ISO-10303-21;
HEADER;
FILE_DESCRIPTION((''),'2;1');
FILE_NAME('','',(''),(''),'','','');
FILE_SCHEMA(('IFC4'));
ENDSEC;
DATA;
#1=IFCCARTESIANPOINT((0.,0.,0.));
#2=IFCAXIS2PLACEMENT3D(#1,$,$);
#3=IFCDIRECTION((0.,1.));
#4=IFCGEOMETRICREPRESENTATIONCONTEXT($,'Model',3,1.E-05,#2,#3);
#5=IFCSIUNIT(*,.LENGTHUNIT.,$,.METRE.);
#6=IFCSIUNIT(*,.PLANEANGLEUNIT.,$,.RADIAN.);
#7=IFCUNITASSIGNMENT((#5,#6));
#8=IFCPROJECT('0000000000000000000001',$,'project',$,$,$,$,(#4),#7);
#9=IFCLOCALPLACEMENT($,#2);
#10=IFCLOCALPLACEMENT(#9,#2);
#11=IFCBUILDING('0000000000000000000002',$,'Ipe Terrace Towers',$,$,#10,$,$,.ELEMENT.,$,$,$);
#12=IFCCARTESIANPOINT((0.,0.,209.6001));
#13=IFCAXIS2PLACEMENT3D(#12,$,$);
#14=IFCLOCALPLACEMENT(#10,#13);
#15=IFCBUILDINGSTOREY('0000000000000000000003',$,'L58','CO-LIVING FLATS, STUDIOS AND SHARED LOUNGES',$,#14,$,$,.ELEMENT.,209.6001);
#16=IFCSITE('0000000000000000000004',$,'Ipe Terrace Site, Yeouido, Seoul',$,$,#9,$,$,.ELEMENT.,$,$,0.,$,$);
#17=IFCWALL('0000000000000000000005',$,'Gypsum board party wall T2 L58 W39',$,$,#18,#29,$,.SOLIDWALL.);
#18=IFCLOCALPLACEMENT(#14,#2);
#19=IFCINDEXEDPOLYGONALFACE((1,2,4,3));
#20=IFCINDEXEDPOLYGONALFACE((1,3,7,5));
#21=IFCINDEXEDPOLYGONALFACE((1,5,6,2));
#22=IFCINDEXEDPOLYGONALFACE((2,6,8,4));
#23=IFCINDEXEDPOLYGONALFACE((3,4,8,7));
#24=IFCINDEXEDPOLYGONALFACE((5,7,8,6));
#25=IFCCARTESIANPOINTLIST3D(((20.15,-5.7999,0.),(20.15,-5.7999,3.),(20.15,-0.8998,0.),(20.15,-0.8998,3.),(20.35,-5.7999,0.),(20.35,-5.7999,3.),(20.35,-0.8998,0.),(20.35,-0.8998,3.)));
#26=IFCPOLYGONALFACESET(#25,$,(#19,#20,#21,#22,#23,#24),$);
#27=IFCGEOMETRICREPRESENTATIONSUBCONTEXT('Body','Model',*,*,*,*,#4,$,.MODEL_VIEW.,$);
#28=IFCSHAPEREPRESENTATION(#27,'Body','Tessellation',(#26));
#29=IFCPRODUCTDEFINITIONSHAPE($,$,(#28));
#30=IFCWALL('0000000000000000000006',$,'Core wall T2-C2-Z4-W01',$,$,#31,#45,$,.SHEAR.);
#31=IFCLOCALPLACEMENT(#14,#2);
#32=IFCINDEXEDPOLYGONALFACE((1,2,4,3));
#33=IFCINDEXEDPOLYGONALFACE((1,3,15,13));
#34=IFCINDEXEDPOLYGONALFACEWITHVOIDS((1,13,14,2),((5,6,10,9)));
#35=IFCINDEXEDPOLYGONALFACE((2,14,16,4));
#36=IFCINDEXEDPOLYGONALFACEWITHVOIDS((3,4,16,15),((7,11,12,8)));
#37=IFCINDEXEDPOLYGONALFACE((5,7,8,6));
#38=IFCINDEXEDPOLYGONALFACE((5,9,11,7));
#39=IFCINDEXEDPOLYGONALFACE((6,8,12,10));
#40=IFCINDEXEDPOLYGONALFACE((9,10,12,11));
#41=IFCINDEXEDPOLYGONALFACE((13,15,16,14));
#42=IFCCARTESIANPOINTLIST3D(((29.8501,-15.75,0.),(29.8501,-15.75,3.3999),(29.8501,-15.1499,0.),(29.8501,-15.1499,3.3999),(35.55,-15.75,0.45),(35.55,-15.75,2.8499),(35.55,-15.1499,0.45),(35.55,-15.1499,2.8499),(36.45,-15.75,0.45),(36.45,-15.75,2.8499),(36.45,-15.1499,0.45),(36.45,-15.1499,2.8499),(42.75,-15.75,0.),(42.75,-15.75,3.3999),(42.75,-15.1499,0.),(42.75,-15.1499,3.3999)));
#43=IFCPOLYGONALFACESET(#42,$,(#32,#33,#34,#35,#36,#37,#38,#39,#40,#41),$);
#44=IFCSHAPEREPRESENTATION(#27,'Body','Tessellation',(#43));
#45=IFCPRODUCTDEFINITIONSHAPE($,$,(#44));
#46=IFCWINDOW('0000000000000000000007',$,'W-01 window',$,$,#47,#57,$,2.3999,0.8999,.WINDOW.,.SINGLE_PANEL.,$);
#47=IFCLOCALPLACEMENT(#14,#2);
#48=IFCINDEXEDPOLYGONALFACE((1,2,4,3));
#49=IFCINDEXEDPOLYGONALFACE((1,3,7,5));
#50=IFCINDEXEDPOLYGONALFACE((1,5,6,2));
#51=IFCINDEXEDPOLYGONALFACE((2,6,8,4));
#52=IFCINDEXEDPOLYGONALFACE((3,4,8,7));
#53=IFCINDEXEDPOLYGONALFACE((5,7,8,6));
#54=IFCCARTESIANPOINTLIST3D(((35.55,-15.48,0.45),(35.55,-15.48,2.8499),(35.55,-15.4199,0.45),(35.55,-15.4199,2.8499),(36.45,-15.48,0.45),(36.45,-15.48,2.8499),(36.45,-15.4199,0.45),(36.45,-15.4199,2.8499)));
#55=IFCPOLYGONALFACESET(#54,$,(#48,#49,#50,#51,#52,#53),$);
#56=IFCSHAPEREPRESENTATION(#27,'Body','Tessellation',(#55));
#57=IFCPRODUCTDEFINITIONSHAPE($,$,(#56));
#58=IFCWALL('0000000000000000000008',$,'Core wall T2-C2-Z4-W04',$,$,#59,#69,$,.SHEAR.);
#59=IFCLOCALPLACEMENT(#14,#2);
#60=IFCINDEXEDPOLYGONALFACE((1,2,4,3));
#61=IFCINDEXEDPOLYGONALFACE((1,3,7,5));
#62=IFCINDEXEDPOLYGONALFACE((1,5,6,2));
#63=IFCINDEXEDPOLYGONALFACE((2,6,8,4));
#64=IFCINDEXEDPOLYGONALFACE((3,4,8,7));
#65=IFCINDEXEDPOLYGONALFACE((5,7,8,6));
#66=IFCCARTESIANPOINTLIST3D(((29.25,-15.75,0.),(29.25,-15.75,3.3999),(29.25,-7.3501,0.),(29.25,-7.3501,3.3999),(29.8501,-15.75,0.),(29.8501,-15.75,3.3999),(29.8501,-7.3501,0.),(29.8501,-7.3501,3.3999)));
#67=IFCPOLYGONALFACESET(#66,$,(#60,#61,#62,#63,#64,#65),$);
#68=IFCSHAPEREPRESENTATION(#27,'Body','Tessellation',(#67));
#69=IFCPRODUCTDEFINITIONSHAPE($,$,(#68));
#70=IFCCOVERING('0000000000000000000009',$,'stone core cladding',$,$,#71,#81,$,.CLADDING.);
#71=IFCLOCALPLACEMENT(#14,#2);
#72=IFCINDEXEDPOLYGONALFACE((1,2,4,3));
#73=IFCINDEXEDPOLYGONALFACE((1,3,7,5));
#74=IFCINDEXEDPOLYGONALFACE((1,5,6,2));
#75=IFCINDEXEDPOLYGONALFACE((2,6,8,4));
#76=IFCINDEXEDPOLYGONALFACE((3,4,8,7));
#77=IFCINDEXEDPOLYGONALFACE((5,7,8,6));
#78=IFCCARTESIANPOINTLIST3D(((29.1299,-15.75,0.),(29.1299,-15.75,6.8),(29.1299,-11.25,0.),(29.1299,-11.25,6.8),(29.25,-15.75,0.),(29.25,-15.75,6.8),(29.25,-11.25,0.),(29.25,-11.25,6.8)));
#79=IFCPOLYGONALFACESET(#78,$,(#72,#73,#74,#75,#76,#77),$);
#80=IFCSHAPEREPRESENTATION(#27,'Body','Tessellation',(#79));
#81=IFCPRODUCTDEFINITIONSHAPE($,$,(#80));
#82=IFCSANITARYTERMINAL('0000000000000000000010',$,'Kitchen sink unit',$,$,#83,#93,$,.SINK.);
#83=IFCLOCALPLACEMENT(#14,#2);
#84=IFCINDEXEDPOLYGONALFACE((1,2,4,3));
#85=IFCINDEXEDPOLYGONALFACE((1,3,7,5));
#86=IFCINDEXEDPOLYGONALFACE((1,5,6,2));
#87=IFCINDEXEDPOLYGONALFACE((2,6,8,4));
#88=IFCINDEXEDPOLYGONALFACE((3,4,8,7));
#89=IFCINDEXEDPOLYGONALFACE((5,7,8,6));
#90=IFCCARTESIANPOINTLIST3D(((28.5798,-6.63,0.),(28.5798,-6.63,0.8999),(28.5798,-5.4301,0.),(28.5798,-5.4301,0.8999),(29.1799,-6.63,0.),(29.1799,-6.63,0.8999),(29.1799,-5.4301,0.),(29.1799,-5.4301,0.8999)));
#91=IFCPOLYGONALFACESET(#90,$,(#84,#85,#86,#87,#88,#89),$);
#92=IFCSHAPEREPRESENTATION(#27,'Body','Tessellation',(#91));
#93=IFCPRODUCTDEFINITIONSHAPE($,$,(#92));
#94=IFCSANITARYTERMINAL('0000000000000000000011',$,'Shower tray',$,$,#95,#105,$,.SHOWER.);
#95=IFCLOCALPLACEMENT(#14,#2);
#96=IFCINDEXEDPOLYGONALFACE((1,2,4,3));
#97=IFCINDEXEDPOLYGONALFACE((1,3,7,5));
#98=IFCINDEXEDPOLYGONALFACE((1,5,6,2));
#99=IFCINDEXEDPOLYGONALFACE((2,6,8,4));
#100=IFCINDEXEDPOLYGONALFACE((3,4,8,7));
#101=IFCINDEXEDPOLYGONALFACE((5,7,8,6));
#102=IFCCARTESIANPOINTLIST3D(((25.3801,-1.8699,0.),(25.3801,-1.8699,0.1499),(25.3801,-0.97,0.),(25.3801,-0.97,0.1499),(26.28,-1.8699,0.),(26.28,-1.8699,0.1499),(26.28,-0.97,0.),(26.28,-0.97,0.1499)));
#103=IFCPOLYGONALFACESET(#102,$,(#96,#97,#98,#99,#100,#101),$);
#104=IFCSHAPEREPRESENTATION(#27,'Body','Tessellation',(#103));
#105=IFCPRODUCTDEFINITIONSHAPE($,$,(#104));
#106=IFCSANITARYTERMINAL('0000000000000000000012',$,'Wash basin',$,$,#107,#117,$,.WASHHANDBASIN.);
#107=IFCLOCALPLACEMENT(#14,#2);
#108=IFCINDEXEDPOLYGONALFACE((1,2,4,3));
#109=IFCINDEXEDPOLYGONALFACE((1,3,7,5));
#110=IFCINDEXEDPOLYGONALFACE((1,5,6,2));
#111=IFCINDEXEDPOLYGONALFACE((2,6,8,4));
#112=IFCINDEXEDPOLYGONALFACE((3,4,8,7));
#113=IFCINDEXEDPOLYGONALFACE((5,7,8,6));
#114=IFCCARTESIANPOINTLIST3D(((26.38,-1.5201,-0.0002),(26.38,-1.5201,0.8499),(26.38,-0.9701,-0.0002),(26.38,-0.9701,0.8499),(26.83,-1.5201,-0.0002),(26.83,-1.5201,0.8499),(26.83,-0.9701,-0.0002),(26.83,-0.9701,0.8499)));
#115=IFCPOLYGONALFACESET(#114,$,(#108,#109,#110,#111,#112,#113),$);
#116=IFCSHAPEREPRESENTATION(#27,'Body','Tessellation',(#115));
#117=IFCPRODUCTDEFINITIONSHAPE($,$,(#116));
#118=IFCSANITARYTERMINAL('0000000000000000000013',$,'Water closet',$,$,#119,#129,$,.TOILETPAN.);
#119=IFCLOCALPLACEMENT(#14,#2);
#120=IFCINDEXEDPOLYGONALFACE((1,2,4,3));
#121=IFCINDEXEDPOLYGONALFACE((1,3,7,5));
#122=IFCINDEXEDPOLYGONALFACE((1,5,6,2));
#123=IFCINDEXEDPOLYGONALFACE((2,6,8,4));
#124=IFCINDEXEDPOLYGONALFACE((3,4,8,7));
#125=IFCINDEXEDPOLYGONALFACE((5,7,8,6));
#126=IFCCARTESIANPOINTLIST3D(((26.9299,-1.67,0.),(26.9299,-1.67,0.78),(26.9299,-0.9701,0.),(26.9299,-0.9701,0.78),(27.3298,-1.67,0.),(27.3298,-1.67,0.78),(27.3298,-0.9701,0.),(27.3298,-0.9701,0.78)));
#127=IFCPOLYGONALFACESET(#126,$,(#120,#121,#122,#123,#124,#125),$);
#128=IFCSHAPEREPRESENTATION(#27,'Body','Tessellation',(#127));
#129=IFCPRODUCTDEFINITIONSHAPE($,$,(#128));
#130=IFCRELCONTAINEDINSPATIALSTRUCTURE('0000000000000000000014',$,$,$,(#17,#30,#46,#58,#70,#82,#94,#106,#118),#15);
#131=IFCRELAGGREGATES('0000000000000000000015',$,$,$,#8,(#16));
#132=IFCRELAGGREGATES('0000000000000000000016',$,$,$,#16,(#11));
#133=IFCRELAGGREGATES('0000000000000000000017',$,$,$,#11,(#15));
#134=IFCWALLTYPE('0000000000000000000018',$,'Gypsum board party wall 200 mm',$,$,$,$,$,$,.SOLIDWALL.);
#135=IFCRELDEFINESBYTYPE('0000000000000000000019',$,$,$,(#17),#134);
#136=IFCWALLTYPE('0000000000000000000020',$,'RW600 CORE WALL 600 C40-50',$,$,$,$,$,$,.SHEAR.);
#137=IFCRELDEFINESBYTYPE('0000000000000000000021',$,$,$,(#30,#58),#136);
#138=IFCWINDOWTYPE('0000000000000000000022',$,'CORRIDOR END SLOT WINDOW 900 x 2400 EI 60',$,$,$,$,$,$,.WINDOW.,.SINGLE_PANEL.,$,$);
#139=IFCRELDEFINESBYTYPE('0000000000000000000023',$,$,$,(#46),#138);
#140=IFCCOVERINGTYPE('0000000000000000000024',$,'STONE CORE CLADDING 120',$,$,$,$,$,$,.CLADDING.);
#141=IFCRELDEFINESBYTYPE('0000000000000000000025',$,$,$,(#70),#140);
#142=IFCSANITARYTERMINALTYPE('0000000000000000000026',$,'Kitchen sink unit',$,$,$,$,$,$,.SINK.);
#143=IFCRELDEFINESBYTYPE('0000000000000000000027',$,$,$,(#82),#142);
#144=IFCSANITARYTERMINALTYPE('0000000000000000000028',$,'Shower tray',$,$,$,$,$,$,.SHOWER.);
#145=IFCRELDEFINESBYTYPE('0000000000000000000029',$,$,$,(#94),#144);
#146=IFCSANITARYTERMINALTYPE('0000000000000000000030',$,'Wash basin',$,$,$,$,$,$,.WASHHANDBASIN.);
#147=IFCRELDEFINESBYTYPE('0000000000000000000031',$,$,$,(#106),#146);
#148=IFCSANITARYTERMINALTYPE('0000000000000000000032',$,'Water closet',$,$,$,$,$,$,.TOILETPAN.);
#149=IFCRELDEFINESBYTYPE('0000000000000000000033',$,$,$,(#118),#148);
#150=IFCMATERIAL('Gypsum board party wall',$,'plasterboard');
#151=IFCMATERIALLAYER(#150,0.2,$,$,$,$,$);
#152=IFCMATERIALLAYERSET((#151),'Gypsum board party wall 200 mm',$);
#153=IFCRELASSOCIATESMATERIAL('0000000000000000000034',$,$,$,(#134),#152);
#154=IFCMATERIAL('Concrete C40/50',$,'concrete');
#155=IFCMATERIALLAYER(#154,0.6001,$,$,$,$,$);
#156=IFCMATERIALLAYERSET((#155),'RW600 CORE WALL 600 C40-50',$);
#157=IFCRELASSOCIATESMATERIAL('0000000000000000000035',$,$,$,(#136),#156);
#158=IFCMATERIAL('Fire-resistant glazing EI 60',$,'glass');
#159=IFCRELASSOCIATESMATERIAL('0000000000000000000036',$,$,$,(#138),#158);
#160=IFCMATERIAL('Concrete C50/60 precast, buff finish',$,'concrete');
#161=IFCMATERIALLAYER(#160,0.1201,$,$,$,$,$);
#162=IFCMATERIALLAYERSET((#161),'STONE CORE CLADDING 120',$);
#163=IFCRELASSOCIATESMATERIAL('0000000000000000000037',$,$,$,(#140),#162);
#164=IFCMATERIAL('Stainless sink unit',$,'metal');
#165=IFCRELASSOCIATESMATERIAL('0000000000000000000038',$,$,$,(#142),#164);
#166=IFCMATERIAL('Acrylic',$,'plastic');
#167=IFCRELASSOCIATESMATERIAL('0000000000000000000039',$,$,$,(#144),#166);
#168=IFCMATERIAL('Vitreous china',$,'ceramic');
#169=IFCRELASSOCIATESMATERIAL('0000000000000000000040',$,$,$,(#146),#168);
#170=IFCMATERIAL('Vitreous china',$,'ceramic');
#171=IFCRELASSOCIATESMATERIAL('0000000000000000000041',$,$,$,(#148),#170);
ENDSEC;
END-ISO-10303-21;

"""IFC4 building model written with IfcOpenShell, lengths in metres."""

from ifc_helpers import new_model, si_unit, direction, frame, frame_2d, origin, origin_2d, place, context, subcontext, project, spatial, rectangle, extrude, material, layer, layer_set, type_object, element, fill, save


model = new_model("IFC4")

# Units and contexts
model_context = context("Model", 3, precision=1e-05, world=origin(), true_north=direction((0.0, 1.0)))
body_context = subcontext(model_context, "Body", "Model", "MODEL_VIEW")
ifc_project = project(units=[si_unit("LENGTHUNIT", "METRE"), si_unit("PLANEANGLEUNIT", "RADIAN")], contexts=[model_context])

# Site, building, storey
site_placement = place(None, origin())
site = spatial("IfcSite", under=ifc_project, at=site_placement, Name="Ipe Terrace Site, Yeouido, Seoul", CompositionType="ELEMENT", RefElevation=0.0)
building_placement = place(site_placement, origin())
building = spatial("IfcBuilding", under=site, at=building_placement, Name="Ipe Terrace Towers", CompositionType="ELEMENT")
storey_placement = place(building_placement, frame((0.0, 0.0, 209.6001)))
storey = spatial("IfcBuildingStorey", under=building, at=storey_placement, Name="L58", Description="CO-LIVING FLATS, STUDIOS AND SHARED LOUNGES", CompositionType="ELEMENT", Elevation=209.6001)

# Wall
ifc_material_1 = material(Name="Gypsum board party wall", Category="plasterboard")
ifc_layer_1 = layer(ifc_material_1, 0.2)
ifc_layer_set_1 = layer_set([ifc_layer_1], Name="Gypsum board party wall 200 mm")
wall_type_1 = type_object("IfcWallType", Name="Gypsum board party wall 200 mm", PredefinedType="SOLIDWALL", material=ifc_layer_set_1)
wall_1_placement = place(storey_placement, frame((20.25, -5.8, 0.0), z_axis=(0.0, 0.0, 1.0), x_axis=(0.0, 1.0, 0.0)))
element("IfcWall", 1, at=wall_1_placement, inside=storey, type_object=wall_type_1, Name="Gypsum board party wall T2 L58 W39", PredefinedType="SOLIDWALL", context=body_context, shape_type="SweptSolid", body=[
    extrude(rectangle(XDim=4.9001, YDim=0.2, at=frame_2d((2.4502, 0.0))), origin(), (0.0, 0.0, 1.0), 3.0),
])

# Wall, opening, window
ifc_material_2 = material(Name="Concrete C40/50", Category="concrete")
ifc_layer_2 = layer(ifc_material_2, 0.6001)
ifc_layer_set_2 = layer_set([ifc_layer_2], Name="RW600 CORE WALL 600 C40-50")
wall_type_2 = type_object("IfcWallType", Name="RW600 CORE WALL 600 C40-50", PredefinedType="SHEAR", material=ifc_layer_set_2)
wall_2_placement = place(storey_placement, frame((29.8501, -15.45, 0.0), z_axis=(0.0, 0.0, 1.0), x_axis=(1.0, 0.0, 0.0)))
wall_2 = element("IfcWall", 2, at=wall_2_placement, inside=storey, type_object=wall_type_2, Name="Core wall T2-C2-Z4-W01", PredefinedType="SHEAR", context=body_context, shape_type="SweptSolid", body=[
    extrude(rectangle(XDim=12.8999, YDim=0.6001, at=frame_2d((6.45, 0.0))), origin(), (0.0, 0.0, 1.0), 3.3999),
])
opening_1_placement = place(wall_2_placement, frame((5.7, 0.0, 0.45)))
opening_1 = element("IfcOpeningElement", 3, at=opening_1_placement, cuts=wall_2, PredefinedType="OPENING", context=body_context, shape_type="SweptSolid", body=[
    extrude(rectangle(XDim=0.8999, YDim=2.3999, at=frame_2d((0.45, 1.2))), frame((0.0, 0.3101, 0.0), z_axis=(0.0, -1.0, 0.0), x_axis=(1.0, 0.0, 0.0)), (0.0, 0.0, 1.0), 0.6201),
])
ifc_material_3 = material(Name="Fire-resistant glazing EI 60", Category="glass")
window_type = type_object("IfcWindowType", Name="CORRIDOR END SLOT WINDOW 900 x 2400 EI 60", PartitioningType="SINGLE_PANEL", PredefinedType="WINDOW", material=ifc_material_3)
window_placement = place(opening_1_placement, origin())
window = element("IfcWindow", 4, at=window_placement, inside=storey, type_object=window_type, Name="W-01 window", OverallHeight=2.3999, OverallWidth=0.8999, PartitioningType="SINGLE_PANEL", PredefinedType="WINDOW", context=body_context, shape_type="SweptSolid", body=[
    extrude(rectangle(XDim=0.8999, YDim=2.3999, at=frame_2d((0.45, 1.2))), frame((0.0, 0.03, 0.0), z_axis=(0.0, -1.0, 0.0), x_axis=(1.0, 0.0, 0.0)), (0.0, 0.0, 1.0), 0.0601),
])
fill(opening_1, window)

# Wall
wall_3_placement = place(storey_placement, frame((29.55, -7.3501, 0.0), z_axis=(0.0, 0.0, 1.0), x_axis=(0.0, -1.0, 0.0)))
element("IfcWall", 5, at=wall_3_placement, inside=storey, type_object=wall_type_2, Name="Core wall T2-C2-Z4-W04", PredefinedType="SHEAR", context=body_context, shape_type="SweptSolid", body=[
    extrude(rectangle(XDim=8.3999, YDim=0.6001, at=frame_2d((4.2, 0.0))), origin(), (0.0, 0.0, 1.0), 3.3999),
])

# Covering
ifc_material_4 = material(Name="Concrete C50/60 precast, buff finish", Category="concrete")
ifc_layer_3 = layer(ifc_material_4, 0.1201)
ifc_layer_set_3 = layer_set([ifc_layer_3], Name="STONE CORE CLADDING 120")
covering_type = type_object("IfcCoveringType", Name="STONE CORE CLADDING 120", PredefinedType="CLADDING", material=ifc_layer_set_3)
covering_placement = place(storey_placement, frame((29.1899, -13.5, 0.0), z_axis=(0.0, 0.0, 1.0), x_axis=(0.0, -1.0, 0.0)))
element("IfcCovering", 6, at=covering_placement, inside=storey, type_object=covering_type, Name="stone core cladding", PredefinedType="CLADDING", context=body_context, shape_type="SweptSolid", body=[
    extrude(rectangle(XDim=4.5, YDim=0.1201, at=origin_2d()), origin(), (0.0, 0.0, 1.0), 6.8),
])

# Sanitary terminals
ifc_material_5 = material(Name="Stainless sink unit", Category="metal")
sanitary_terminal_type_1 = type_object("IfcSanitaryTerminalType", Name="Kitchen sink unit", PredefinedType="SINK", material=ifc_material_5)
sanitary_terminal_1_placement = place(storey_placement, frame((28.8799, -6.03, 0.0), z_axis=(0.0, 0.0, 1.0), x_axis=(0.0, -1.0, 0.0)))
element("IfcSanitaryTerminal", 7, at=sanitary_terminal_1_placement, inside=storey, type_object=sanitary_terminal_type_1, Name="Kitchen sink unit", PredefinedType="SINK", context=body_context, shape_type="SweptSolid", body=[
    extrude(rectangle(XDim=1.2, YDim=0.6001, at=origin_2d()), origin(), (0.0, 0.0, 1.0), 0.8999),
])
ifc_material_6 = material(Name="Acrylic", Category="plastic")
sanitary_terminal_type_2 = type_object("IfcSanitaryTerminalType", Name="Shower tray", PredefinedType="SHOWER", material=ifc_material_6)
sanitary_terminal_2_placement = place(storey_placement, frame((25.8301, -1.4199, 0.0), z_axis=(0.0, 0.0, 1.0), x_axis=(0.0, -1.0, 0.0)))
element("IfcSanitaryTerminal", 8, at=sanitary_terminal_2_placement, inside=storey, type_object=sanitary_terminal_type_2, Name="Shower tray", PredefinedType="SHOWER", context=body_context, shape_type="SweptSolid", body=[
    extrude(rectangle(XDim=0.8999, YDim=0.8999, at=origin_2d()), origin(), (0.0, 0.0, 1.0), 0.1499),
])
ifc_material_7 = material(Name="Vitreous china", Category="ceramic")
sanitary_terminal_type_3 = type_object("IfcSanitaryTerminalType", Name="Wash basin", PredefinedType="WASHHANDBASIN", material=ifc_material_7)
sanitary_terminal_3_placement = place(storey_placement, frame((26.605, -1.2451, -0.0002), z_axis=(0.0, 0.0, 1.0), x_axis=(0.0, -1.0, 0.0)))
element("IfcSanitaryTerminal", 9, at=sanitary_terminal_3_placement, inside=storey, type_object=sanitary_terminal_type_3, Name="Wash basin", PredefinedType="WASHHANDBASIN", context=body_context, shape_type="SweptSolid", body=[
    extrude(rectangle(XDim=0.55, YDim=0.45, at=origin_2d()), origin(), (0.0, 0.0, 1.0), 0.8501),
])
ifc_material_8 = material(Name="Vitreous china", Category="ceramic")
sanitary_terminal_type_4 = type_object("IfcSanitaryTerminalType", Name="Water closet", PredefinedType="TOILETPAN", material=ifc_material_8)
sanitary_terminal_4_placement = place(storey_placement, frame((27.1299, -1.3201, 0.0), z_axis=(0.0, 0.0, 1.0), x_axis=(0.0, -1.0, 0.0)))
element("IfcSanitaryTerminal", 10, at=sanitary_terminal_4_placement, inside=storey, type_object=sanitary_terminal_type_4, Name="Water closet", PredefinedType="TOILETPAN", context=body_context, shape_type="SweptSolid", body=[
    extrude(rectangle(XDim=0.7, YDim=0.3999, at=origin_2d()), origin(), (0.0, 0.0, 1.0), 0.78),
])

save(model, "model.ifc")
